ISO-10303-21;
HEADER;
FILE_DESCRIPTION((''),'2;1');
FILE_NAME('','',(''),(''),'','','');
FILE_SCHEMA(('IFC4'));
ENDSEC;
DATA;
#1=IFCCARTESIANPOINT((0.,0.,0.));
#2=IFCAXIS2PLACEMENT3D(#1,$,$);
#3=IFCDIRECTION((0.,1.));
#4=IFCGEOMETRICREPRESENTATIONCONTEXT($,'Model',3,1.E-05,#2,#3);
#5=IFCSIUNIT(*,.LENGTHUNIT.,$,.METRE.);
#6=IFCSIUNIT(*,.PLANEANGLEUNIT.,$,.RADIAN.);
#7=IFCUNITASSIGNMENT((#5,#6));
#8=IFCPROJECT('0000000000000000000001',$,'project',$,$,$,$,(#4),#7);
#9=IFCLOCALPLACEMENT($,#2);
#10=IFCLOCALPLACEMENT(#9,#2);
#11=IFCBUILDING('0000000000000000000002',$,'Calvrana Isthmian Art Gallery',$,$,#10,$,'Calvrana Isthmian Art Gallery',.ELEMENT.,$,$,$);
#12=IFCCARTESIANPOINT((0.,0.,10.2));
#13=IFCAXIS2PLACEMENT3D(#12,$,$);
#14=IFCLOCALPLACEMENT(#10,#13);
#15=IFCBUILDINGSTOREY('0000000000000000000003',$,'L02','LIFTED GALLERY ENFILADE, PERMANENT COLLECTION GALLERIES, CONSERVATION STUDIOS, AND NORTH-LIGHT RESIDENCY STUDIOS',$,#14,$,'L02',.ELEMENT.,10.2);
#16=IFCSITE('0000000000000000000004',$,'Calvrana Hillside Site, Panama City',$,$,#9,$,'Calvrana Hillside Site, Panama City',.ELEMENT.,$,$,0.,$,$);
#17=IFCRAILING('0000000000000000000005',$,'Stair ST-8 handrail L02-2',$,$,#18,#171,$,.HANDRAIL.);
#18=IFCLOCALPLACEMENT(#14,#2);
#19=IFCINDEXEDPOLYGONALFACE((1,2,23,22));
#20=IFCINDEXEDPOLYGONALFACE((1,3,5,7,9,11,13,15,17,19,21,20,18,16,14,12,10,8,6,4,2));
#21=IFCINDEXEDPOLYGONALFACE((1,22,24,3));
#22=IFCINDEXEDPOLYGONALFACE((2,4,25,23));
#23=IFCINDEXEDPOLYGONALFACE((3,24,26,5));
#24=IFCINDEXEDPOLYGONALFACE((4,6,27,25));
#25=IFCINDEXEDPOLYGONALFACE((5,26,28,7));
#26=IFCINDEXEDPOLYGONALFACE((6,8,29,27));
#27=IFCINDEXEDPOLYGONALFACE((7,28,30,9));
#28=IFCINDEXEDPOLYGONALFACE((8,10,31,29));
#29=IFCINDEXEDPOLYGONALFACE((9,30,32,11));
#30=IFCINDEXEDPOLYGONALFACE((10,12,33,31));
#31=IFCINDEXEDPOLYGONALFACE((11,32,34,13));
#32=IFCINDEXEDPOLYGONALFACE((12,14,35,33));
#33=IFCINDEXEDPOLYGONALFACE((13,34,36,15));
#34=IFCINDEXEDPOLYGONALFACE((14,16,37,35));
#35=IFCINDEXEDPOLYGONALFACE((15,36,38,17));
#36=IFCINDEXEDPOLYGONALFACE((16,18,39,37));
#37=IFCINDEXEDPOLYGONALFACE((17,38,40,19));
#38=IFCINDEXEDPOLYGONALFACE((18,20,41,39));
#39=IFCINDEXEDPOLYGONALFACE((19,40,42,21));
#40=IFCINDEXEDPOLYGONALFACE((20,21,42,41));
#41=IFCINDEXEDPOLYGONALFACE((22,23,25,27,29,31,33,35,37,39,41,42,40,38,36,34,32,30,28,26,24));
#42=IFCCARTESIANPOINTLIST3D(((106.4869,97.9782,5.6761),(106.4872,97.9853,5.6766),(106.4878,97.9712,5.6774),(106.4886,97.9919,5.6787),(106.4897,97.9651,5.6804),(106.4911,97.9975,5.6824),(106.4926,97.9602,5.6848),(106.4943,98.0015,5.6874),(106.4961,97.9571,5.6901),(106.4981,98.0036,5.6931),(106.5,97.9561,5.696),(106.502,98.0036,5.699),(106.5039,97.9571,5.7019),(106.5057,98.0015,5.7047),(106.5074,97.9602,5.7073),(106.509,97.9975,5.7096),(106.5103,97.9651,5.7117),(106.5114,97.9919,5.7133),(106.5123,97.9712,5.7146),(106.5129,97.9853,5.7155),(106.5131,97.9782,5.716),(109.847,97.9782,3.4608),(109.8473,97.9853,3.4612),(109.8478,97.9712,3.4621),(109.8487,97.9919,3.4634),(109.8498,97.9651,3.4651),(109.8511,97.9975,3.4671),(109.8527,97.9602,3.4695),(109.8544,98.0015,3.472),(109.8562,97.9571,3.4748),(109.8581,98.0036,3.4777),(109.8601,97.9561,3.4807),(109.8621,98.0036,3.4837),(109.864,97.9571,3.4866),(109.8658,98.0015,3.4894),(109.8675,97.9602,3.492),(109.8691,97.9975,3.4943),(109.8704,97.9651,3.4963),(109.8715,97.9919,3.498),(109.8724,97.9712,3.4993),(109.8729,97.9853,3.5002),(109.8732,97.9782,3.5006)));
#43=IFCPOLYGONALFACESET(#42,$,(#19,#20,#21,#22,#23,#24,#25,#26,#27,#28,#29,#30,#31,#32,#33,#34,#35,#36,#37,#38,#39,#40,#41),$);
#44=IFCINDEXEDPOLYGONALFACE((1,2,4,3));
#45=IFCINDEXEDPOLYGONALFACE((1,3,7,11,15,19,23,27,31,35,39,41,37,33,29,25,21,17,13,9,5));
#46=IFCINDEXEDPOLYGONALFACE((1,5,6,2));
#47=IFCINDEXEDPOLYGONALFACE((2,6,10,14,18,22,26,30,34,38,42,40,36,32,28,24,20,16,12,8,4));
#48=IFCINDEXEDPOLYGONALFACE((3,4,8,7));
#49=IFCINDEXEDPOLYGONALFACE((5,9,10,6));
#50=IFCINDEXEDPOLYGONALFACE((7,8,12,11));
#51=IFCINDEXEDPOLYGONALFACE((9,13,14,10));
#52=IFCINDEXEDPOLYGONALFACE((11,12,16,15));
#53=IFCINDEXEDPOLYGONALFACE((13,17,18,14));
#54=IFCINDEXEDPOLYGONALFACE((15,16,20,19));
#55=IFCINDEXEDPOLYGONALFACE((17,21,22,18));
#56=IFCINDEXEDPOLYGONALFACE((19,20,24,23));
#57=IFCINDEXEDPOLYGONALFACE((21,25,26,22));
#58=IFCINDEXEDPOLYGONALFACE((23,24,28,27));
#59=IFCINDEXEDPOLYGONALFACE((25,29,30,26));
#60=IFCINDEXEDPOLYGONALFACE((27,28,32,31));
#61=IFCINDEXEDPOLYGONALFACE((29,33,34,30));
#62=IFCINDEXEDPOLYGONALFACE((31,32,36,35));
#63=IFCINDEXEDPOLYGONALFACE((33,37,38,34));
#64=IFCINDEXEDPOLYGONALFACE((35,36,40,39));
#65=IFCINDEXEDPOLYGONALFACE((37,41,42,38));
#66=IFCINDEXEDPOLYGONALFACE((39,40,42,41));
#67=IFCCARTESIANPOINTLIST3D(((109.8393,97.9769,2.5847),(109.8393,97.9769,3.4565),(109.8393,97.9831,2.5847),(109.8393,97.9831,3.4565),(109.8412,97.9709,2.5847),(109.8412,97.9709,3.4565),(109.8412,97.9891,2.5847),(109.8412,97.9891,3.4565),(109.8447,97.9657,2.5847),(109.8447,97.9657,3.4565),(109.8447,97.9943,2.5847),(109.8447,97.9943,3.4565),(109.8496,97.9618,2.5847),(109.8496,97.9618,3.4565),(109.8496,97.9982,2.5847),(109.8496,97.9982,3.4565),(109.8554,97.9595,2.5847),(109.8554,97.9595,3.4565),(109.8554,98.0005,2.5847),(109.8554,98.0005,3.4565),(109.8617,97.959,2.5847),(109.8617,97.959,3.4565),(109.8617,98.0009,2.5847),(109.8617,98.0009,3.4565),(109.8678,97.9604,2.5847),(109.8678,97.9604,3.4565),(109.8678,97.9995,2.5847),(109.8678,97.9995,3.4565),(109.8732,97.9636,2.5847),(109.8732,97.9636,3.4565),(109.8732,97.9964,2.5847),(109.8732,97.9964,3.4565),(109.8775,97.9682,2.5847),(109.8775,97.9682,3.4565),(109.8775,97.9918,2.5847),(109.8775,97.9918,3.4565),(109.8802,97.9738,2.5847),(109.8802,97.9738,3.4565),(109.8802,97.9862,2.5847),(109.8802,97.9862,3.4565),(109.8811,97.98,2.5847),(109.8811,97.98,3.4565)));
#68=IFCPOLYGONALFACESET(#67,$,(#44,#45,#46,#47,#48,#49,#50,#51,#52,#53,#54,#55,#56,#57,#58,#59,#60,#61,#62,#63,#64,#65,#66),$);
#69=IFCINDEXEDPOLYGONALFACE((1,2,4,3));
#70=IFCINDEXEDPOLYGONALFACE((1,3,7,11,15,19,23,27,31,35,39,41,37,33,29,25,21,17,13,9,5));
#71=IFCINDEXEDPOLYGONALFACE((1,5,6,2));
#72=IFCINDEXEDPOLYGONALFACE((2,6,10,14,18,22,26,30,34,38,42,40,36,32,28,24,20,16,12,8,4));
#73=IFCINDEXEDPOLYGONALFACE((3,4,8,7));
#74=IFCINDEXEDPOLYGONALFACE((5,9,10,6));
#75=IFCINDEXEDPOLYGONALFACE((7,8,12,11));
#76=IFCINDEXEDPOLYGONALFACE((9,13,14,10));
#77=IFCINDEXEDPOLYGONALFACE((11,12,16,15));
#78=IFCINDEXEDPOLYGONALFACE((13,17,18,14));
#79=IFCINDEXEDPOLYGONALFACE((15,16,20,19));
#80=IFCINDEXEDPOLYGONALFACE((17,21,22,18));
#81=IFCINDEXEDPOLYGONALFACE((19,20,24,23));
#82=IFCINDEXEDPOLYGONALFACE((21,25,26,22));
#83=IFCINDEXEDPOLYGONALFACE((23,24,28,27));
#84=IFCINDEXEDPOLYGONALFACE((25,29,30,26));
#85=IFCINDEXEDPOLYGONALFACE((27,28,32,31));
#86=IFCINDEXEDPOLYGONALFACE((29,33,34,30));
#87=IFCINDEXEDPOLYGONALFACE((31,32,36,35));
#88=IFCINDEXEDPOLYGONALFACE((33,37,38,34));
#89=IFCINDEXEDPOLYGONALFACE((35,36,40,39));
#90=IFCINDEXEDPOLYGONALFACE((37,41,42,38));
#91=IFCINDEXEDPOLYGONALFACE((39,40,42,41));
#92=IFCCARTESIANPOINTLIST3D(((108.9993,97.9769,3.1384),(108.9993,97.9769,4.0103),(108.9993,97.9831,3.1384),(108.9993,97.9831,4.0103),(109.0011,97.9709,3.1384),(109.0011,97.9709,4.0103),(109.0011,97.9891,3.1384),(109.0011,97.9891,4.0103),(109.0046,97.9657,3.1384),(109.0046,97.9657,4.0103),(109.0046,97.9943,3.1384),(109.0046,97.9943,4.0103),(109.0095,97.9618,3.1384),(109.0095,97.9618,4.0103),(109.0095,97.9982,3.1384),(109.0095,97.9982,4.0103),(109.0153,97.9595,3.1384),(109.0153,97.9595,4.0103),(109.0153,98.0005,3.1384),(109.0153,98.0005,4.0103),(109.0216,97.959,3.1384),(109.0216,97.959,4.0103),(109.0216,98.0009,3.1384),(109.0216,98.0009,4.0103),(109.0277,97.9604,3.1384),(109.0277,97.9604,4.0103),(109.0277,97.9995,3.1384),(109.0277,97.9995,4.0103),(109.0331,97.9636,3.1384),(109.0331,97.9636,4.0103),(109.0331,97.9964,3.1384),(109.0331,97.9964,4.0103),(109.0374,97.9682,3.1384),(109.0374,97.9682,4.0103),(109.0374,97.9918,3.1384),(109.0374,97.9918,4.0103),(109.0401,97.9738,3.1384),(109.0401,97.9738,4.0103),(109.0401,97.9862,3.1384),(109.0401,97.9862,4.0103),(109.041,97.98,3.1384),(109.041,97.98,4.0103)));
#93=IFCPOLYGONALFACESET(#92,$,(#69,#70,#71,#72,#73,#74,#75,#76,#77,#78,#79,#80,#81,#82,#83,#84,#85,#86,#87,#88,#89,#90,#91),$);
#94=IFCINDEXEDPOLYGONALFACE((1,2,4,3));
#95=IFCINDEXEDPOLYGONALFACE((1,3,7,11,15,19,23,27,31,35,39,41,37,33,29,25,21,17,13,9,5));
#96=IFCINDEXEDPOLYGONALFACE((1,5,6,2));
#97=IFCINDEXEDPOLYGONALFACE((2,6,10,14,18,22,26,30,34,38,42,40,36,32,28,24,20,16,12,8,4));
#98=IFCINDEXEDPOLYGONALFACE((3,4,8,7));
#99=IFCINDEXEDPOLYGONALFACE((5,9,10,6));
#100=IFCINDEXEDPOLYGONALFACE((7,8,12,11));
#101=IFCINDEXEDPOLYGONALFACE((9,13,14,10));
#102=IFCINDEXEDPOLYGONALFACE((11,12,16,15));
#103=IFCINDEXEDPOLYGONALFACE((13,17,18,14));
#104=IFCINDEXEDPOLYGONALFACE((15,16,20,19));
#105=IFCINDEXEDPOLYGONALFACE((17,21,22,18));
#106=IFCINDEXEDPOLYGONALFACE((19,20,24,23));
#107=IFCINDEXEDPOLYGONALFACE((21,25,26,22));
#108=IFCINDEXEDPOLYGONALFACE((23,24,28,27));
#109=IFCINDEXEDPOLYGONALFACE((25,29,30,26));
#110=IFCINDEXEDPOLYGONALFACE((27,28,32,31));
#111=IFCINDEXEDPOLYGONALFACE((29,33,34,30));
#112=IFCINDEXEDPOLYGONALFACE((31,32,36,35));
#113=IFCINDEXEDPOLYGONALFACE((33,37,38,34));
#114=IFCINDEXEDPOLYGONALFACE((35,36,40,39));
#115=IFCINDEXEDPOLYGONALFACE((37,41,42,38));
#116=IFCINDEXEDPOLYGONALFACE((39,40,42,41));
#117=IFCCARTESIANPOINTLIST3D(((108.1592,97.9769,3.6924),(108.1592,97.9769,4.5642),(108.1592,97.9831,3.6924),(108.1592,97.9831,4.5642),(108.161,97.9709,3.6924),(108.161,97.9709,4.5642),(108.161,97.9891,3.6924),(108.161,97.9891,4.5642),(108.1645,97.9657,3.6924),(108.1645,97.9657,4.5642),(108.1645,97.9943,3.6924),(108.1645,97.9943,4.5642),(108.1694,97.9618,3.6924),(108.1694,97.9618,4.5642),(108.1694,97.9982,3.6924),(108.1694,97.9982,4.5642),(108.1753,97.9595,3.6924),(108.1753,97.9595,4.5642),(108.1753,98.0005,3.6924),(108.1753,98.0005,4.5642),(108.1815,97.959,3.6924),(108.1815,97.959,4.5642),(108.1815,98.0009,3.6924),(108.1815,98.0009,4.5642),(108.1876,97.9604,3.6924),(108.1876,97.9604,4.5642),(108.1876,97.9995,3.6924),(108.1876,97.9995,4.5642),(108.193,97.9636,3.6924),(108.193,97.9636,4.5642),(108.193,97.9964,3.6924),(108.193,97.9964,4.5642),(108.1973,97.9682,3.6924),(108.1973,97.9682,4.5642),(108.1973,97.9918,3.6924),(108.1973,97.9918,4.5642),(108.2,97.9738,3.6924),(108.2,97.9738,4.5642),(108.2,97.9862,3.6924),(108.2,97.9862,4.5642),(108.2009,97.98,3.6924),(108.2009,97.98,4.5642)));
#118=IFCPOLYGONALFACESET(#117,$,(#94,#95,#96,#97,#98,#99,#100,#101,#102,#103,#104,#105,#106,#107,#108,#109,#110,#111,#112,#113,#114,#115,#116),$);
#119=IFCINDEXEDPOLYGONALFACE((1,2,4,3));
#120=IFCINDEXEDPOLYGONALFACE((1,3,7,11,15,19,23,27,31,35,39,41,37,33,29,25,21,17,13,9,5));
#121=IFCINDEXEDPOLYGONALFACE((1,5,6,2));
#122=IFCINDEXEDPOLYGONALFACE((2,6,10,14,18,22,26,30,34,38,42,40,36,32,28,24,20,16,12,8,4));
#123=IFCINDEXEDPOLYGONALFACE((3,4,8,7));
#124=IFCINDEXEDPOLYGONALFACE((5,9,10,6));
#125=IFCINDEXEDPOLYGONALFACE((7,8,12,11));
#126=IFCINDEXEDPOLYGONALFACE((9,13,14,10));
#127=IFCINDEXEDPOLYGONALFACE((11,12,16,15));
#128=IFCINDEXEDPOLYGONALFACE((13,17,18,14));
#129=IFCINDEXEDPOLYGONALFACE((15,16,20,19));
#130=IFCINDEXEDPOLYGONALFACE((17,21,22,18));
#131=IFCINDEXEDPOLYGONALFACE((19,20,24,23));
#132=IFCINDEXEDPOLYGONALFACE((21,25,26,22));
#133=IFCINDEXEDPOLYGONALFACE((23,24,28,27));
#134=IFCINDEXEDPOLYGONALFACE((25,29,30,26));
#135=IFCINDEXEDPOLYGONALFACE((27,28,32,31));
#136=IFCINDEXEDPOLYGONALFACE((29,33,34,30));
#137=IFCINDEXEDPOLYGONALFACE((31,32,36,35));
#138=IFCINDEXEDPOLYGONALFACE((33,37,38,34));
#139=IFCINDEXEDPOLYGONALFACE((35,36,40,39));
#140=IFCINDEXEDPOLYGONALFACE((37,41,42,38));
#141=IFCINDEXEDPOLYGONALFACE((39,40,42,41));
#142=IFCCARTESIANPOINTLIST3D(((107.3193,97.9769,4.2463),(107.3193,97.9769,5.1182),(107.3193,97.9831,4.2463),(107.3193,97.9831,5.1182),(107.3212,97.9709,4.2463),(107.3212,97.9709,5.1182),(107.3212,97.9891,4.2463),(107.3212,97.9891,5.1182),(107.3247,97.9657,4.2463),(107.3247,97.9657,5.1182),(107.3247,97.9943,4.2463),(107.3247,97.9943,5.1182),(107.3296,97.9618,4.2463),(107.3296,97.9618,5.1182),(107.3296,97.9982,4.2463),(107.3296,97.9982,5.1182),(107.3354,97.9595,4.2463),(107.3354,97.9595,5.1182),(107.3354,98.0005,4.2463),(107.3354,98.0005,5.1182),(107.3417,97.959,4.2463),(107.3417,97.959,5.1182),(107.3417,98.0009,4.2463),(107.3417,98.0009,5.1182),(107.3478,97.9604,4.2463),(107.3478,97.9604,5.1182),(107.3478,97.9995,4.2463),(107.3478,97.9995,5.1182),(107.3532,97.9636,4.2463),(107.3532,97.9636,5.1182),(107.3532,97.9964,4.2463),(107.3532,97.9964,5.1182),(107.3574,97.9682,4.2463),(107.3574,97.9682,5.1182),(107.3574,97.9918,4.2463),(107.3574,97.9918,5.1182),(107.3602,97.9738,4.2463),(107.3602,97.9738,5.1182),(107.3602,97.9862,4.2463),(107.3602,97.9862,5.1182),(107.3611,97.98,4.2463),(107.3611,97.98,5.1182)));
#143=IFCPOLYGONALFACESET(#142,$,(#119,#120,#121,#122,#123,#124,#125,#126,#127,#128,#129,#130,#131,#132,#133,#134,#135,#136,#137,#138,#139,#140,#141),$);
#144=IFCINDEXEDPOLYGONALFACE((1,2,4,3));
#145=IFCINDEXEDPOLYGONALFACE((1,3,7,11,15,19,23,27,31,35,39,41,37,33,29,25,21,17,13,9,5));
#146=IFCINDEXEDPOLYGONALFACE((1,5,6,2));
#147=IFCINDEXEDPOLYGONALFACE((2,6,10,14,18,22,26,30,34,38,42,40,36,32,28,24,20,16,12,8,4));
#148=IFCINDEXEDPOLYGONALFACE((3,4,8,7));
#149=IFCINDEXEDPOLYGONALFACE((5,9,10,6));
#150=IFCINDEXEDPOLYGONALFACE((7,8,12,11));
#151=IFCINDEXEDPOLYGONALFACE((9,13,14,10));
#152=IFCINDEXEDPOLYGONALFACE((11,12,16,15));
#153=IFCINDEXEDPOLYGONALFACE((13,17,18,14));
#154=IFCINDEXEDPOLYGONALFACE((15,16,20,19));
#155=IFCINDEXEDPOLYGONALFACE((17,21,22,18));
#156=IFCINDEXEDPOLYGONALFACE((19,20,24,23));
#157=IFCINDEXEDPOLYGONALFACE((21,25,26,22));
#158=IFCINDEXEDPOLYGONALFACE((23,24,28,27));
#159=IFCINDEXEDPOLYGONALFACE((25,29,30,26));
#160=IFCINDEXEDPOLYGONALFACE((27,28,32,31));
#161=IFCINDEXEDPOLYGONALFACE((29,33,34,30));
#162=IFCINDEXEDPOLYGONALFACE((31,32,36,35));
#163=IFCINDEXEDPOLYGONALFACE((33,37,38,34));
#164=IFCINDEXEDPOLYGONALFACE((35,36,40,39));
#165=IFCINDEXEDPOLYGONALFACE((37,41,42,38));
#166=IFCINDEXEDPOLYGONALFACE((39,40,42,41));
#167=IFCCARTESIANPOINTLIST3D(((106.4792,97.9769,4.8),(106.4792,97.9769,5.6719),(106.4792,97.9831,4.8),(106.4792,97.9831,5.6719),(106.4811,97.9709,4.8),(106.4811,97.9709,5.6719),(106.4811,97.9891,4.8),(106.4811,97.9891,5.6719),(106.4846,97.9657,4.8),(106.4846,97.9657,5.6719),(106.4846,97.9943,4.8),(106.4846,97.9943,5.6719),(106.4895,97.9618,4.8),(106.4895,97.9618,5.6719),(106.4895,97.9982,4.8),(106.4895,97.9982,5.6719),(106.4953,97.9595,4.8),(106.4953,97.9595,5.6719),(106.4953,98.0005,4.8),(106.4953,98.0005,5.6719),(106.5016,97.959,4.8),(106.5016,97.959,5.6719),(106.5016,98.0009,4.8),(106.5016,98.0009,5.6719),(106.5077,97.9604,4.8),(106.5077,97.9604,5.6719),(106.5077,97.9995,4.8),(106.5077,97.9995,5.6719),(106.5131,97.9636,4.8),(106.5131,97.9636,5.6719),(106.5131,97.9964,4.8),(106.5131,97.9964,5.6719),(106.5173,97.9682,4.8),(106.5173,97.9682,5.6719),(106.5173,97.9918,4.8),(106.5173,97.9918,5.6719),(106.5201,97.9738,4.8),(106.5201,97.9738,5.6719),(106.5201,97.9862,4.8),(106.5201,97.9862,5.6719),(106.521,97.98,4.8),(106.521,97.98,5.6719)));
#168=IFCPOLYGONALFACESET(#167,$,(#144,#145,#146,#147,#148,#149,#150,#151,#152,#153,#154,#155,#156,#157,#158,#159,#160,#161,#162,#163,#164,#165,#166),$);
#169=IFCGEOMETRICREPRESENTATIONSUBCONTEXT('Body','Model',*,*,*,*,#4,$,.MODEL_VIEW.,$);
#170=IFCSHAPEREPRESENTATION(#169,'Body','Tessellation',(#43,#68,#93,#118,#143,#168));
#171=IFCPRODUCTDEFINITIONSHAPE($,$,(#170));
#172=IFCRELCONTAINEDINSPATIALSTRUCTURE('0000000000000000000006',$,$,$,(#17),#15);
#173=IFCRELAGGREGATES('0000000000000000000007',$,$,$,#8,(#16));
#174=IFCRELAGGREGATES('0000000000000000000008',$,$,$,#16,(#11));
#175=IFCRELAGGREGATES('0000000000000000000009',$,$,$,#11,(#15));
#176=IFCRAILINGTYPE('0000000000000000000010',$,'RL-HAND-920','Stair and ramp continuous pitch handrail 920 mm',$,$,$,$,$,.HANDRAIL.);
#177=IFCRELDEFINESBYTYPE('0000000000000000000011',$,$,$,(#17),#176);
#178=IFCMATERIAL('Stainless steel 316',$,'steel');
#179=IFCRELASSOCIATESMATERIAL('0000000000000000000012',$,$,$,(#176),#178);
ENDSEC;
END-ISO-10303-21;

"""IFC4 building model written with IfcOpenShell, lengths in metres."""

from ifc_helpers import new_model, si_unit, direction, frame, origin, origin_2d, place, context, subcontext, project, spatial, circle, extrude, material, type_object, element, save


model = new_model("IFC4")

# Units and contexts
model_context = context("Model", 3, precision=1e-05, world=origin(), true_north=direction((0.0, 1.0)))
body_context = subcontext(model_context, "Body", "Model", "MODEL_VIEW")
ifc_project = project(units=[si_unit("LENGTHUNIT", "METRE"), si_unit("PLANEANGLEUNIT", "RADIAN")], contexts=[model_context])

# Site, building, storey
site_placement = place(None, origin())
site = spatial("IfcSite", under=ifc_project, at=site_placement, Name="Calvrana Hillside Site, Panama City", LongName="Calvrana Hillside Site, Panama City", CompositionType="ELEMENT", RefElevation=0.0)
building_placement = place(site_placement, origin())
building = spatial("IfcBuilding", under=site, at=building_placement, Name="Calvrana Isthmian Art Gallery", LongName="Calvrana Isthmian Art Gallery", CompositionType="ELEMENT")
storey_placement = place(building_placement, frame((0.0, 0.0, 10.2)))
storey = spatial("IfcBuildingStorey", under=building, at=storey_placement, Name="L02", Description="LIFTED GALLERY ENFILADE, PERMANENT COLLECTION GALLERIES, CONSERVATION STUDIOS, AND NORTH-LIGHT RESIDENCY STUDIOS", LongName="L02", CompositionType="ELEMENT", Elevation=10.2)

# Railing
ifc_material_1 = material(Name="Stainless steel 316", Category="steel")
railing_type_1 = type_object("IfcRailingType", Name="RL-HAND-920", Description="Stair and ramp continuous pitch handrail 920 mm", PredefinedType="HANDRAIL", material=ifc_material_1)
railing_1_placement = place(storey_placement, frame((109.8601, 97.98, 2.5847)))
element("IfcRailing", 1, at=railing_1_placement, inside=storey, type_object=railing_type_1, Name="Stair ST-8 handrail L02-2", PredefinedType="HANDRAIL", context=body_context, shape_type="SweptSolid", body=[
    extrude(circle(Radius=0.0239, at=origin_2d()), frame((0.0, 0.0, 0.896), z_axis=(-0.834876, 0.0, 0.550437), x_axis=(0.0, -1.0, 0.0)), (0.0, 0.0, 1.0), 4.0247),
    extrude(circle(Radius=0.021, at=origin_2d()), origin(), (0.0, 0.0, 1.0), 0.8718),
    extrude(circle(Radius=0.021, at=origin_2d()), frame((-0.8401, 0.0, 0.5537)), (0.0, 0.0, 1.0), 0.8718),
    extrude(circle(Radius=0.021, at=origin_2d()), frame((-1.6802, 0.0, 1.1077)), (0.0, 0.0, 1.0), 0.8718),
    extrude(circle(Radius=0.021, at=origin_2d()), frame((-2.52, 0.0, 1.6616)), (0.0, 0.0, 1.0), 0.8718),
    extrude(circle(Radius=0.021, at=origin_2d()), frame((-3.3601, 0.0, 2.2153)), (0.0, 0.0, 1.0), 0.8718),
])

save(model, "model.ifc")
